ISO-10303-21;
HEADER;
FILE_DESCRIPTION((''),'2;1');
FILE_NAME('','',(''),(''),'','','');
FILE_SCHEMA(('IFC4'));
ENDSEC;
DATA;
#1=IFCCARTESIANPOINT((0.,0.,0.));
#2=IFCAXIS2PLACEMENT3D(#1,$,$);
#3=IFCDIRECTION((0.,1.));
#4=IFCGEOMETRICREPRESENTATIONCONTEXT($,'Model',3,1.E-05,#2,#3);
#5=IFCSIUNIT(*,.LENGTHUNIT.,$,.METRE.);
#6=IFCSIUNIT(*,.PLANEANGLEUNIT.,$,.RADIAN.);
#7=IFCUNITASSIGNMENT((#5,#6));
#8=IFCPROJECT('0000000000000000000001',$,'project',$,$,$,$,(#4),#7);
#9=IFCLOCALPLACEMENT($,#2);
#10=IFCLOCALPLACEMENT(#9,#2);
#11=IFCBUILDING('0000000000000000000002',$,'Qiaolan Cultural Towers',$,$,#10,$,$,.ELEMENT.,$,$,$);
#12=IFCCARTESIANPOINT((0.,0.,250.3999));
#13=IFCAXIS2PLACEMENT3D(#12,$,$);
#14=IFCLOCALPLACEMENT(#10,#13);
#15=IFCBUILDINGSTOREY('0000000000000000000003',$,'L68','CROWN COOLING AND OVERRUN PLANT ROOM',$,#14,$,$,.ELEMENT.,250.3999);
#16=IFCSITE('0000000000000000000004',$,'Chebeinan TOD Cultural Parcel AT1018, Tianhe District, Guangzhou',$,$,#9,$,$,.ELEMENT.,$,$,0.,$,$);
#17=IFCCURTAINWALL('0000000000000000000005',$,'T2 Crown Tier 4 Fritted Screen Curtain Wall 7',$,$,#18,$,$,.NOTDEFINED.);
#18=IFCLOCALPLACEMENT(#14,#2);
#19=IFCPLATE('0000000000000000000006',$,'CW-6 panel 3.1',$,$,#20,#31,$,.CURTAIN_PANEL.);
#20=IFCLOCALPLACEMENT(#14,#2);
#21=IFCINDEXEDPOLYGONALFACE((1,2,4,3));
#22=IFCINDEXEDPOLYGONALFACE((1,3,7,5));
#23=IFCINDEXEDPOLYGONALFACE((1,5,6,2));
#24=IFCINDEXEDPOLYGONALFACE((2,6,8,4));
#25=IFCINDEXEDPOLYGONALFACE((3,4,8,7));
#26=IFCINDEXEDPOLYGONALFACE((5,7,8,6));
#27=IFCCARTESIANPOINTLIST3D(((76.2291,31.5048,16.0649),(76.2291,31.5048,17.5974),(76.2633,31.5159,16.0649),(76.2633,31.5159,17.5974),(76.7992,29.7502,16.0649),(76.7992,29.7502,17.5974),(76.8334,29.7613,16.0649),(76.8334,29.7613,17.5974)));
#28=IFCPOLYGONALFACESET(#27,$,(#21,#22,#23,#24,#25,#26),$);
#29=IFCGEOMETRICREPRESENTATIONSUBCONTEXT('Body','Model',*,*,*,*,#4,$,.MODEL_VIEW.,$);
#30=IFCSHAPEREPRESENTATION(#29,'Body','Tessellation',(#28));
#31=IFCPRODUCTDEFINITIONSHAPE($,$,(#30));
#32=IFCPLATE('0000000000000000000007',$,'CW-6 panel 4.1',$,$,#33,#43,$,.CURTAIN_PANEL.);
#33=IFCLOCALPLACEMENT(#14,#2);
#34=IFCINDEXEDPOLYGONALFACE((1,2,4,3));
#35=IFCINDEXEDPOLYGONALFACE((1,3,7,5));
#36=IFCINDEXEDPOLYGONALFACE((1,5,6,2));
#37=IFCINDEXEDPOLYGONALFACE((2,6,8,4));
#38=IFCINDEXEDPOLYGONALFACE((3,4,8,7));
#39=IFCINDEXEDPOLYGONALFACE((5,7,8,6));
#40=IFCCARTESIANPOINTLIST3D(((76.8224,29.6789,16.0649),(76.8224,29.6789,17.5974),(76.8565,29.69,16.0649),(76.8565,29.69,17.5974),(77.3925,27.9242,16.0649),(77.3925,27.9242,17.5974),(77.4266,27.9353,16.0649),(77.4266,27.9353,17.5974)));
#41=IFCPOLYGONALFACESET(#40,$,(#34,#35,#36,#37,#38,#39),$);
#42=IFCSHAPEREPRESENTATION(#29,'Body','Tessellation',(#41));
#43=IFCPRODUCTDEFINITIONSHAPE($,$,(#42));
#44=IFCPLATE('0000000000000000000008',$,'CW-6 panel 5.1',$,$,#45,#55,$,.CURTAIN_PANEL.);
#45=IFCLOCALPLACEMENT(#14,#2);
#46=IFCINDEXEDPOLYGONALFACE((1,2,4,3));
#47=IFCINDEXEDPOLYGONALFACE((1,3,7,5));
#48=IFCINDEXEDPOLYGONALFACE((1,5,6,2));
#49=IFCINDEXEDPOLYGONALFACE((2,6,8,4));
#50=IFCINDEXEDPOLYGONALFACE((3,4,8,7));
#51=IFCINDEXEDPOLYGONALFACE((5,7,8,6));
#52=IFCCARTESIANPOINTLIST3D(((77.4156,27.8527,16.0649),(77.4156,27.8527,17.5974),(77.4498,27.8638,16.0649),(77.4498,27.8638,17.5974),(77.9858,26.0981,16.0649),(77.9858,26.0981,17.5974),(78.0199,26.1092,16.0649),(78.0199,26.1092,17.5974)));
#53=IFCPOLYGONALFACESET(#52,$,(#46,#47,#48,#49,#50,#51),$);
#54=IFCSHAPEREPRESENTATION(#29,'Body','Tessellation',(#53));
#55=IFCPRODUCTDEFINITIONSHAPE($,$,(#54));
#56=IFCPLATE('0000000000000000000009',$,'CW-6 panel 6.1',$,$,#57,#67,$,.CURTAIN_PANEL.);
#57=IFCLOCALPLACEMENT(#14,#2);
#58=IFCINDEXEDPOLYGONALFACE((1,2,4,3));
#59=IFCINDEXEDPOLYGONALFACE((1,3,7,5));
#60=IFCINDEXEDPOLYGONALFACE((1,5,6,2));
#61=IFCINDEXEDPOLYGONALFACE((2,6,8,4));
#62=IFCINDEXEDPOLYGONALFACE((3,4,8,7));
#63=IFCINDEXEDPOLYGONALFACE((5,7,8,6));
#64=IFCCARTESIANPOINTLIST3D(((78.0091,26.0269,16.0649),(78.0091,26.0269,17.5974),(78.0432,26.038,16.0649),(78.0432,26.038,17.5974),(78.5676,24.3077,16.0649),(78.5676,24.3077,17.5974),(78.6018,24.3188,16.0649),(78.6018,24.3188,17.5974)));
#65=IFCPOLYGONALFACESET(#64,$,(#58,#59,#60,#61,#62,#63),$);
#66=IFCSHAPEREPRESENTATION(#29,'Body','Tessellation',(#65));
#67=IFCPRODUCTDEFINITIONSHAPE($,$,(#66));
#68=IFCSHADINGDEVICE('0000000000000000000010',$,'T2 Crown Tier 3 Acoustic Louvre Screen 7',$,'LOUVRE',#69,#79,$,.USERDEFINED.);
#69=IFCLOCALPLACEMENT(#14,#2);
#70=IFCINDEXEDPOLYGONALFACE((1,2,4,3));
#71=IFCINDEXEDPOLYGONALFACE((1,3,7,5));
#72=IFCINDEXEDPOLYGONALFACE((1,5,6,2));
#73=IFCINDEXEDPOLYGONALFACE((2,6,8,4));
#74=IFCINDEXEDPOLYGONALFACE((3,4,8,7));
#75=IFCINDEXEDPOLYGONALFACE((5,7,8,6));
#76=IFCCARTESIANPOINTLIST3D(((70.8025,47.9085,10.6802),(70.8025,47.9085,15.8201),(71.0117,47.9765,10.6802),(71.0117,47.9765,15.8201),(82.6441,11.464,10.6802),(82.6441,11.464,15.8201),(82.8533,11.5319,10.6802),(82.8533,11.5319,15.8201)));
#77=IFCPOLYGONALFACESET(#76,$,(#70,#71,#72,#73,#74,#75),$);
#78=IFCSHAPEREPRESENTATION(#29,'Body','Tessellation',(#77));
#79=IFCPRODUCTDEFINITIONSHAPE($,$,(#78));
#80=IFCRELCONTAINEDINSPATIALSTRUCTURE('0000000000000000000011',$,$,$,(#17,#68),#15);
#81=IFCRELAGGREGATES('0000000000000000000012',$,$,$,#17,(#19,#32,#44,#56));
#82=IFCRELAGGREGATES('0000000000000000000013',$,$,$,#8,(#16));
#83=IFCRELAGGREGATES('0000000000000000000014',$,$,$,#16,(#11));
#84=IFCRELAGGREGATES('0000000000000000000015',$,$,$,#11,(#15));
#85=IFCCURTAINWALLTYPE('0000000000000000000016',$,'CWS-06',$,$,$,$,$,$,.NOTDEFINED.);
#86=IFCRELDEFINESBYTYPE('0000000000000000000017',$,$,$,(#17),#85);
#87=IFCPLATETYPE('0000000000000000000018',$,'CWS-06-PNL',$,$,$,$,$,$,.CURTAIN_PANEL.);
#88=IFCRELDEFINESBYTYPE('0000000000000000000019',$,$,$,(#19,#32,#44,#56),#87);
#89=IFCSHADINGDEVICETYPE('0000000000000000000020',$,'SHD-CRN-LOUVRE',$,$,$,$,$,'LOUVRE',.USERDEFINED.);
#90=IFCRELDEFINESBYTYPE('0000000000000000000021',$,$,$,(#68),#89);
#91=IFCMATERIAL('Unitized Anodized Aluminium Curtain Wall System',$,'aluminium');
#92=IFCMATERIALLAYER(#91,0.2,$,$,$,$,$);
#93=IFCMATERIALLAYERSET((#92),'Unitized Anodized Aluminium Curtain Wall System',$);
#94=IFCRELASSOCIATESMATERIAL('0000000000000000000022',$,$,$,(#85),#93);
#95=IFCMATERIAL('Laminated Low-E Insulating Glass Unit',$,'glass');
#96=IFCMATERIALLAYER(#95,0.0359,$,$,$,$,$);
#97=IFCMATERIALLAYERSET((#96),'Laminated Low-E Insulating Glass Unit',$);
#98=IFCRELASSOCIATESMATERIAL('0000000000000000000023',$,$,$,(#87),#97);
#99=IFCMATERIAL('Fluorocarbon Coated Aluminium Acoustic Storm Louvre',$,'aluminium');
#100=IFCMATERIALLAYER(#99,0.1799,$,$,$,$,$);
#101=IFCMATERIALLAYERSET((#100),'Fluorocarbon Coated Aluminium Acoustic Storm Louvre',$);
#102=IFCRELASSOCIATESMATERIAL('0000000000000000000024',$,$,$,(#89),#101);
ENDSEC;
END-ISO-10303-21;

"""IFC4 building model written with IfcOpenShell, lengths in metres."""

from ifc_helpers import new_model, si_unit, direction, frame, origin, origin_2d, place, context, subcontext, project, spatial, rectangle, extrude, material, layer, layer_set, type_object, element, aggregate, save


model = new_model("IFC4")

# Units and contexts
model_context = context("Model", 3, precision=1e-05, world=origin(), true_north=direction((0.0, 1.0)))
body_context = subcontext(model_context, "Body", "Model", "MODEL_VIEW")
ifc_project = project(units=[si_unit("LENGTHUNIT", "METRE"), si_unit("PLANEANGLEUNIT", "RADIAN")], contexts=[model_context])

# Site, building, storey
site_placement = place(None, origin())
site = spatial("IfcSite", under=ifc_project, at=site_placement, Name="Chebeinan TOD Cultural Parcel AT1018, Tianhe District, Guangzhou", CompositionType="ELEMENT", RefElevation=0.0)
building_placement = place(site_placement, origin())
building = spatial("IfcBuilding", under=site, at=building_placement, Name="Qiaolan Cultural Towers", CompositionType="ELEMENT")
storey_placement = place(building_placement, frame((0.0, 0.0, 250.3999)))
storey = spatial("IfcBuildingStorey", under=building, at=storey_placement, Name="L68", Description="CROWN COOLING AND OVERRUN PLANT ROOM", CompositionType="ELEMENT", Elevation=250.3999)

# Curtain wall
ifc_material_1 = material(Name="Unitized Anodized Aluminium Curtain Wall System", Category="aluminium")
ifc_layer_1 = layer(ifc_material_1, 0.2)
ifc_layer_set_1 = layer_set([ifc_layer_1], Name="Unitized Anodized Aluminium Curtain Wall System")
curtain_wall_type = type_object("IfcCurtainWallType", Name="CWS-06", PredefinedType="NOTDEFINED", material=ifc_layer_set_1)
curtain_wall_1_placement = place(storey_placement, origin())
curtain_wall_1 = element("IfcCurtainWall", 1, at=curtain_wall_1_placement, inside=storey, type_object=curtain_wall_type, Name="T2 Crown Tier 4 Fritted Screen Curtain Wall 7", PredefinedType="NOTDEFINED")

# Plates
ifc_material_2 = material(Name="Laminated Low-E Insulating Glass Unit", Category="glass")
ifc_layer_2 = layer(ifc_material_2, 0.0359)
ifc_layer_set_2 = layer_set([ifc_layer_2], Name="Laminated Low-E Insulating Glass Unit")
plate_type = type_object("IfcPlateType", Name="CWS-06-PNL", PredefinedType="CURTAIN_PANEL", material=ifc_layer_set_2)
plate_1_placement = place(storey_placement, frame((76.5312, 30.6331, 16.0649), z_axis=(0.0, 0.0, 1.0), x_axis=(0.309017, -0.951057, 0.0)))
plate_1 = element("IfcPlate", 2, at=plate_1_placement, type_object=plate_type, Name="CW-6 panel 3.1", PredefinedType="CURTAIN_PANEL", context=body_context, shape_type="SweptSolid", body=[
    extrude(rectangle(XDim=1.845, YDim=0.0359, at=origin_2d()), origin(), (0.0, 0.0, 1.0), 1.5325),
])
plate_2_placement = place(storey_placement, frame((77.1245, 28.8071, 16.0649), z_axis=(0.0, 0.0, 1.0), x_axis=(0.309017, -0.951057, 0.0)))
plate_2 = element("IfcPlate", 3, at=plate_2_placement, type_object=plate_type, Name="CW-6 panel 4.1", PredefinedType="CURTAIN_PANEL", context=body_context, shape_type="SweptSolid", body=[
    extrude(rectangle(XDim=1.845, YDim=0.0359, at=origin_2d()), origin(), (0.0, 0.0, 1.0), 1.5325),
])
plate_3_placement = place(storey_placement, frame((77.7178, 26.981, 16.0649), z_axis=(0.0, 0.0, 1.0), x_axis=(0.309017, -0.951057, 0.0)))
plate_3 = element("IfcPlate", 4, at=plate_3_placement, type_object=plate_type, Name="CW-6 panel 5.1", PredefinedType="CURTAIN_PANEL", context=body_context, shape_type="SweptSolid", body=[
    extrude(rectangle(XDim=1.845, YDim=0.0359, at=origin_2d()), origin(), (0.0, 0.0, 1.0), 1.5325),
])
plate_4_placement = place(storey_placement, frame((78.3054, 25.1729, 16.0649), z_axis=(0.0, 0.0, 1.0), x_axis=(0.309017, -0.951057, 0.0)))
plate_4 = element("IfcPlate", 5, at=plate_4_placement, type_object=plate_type, Name="CW-6 panel 6.1", PredefinedType="CURTAIN_PANEL", context=body_context, shape_type="SweptSolid", body=[
    extrude(rectangle(XDim=1.8076, YDim=0.0359, at=origin_2d()), origin(), (0.0, 0.0, 1.0), 1.5325),
])
aggregate(curtain_wall_1, [plate_1, plate_2, plate_3, plate_4])

# Shading device
ifc_material_3 = material(Name="Fluorocarbon Coated Aluminium Acoustic Storm Louvre", Category="aluminium")
ifc_layer_3 = layer(ifc_material_3, 0.1799)
ifc_layer_set_3 = layer_set([ifc_layer_3], Name="Fluorocarbon Coated Aluminium Acoustic Storm Louvre")
shading_device_type = type_object("IfcShadingDeviceType", Name="SHD-CRN-LOUVRE", ElementType="LOUVRE", PredefinedType="USERDEFINED", material=ifc_layer_set_3)
shading_device_placement = place(storey_placement, frame((76.8279, 29.7202, 10.6802), z_axis=(0.0, 0.0, 1.0), x_axis=(0.309017, -0.951057, 0.0)))
element("IfcShadingDevice", 6, at=shading_device_placement, inside=storey, type_object=shading_device_type, Name="T2 Crown Tier 3 Acoustic Louvre Screen 7", ObjectType="LOUVRE", PredefinedType="USERDEFINED", context=body_context, shape_type="SweptSolid", body=[
    extrude(rectangle(XDim=38.3201, YDim=0.22, at=origin_2d()), origin(), (0.0, 0.0, 1.0), 5.1399),
])

save(model, "model.ifc")
